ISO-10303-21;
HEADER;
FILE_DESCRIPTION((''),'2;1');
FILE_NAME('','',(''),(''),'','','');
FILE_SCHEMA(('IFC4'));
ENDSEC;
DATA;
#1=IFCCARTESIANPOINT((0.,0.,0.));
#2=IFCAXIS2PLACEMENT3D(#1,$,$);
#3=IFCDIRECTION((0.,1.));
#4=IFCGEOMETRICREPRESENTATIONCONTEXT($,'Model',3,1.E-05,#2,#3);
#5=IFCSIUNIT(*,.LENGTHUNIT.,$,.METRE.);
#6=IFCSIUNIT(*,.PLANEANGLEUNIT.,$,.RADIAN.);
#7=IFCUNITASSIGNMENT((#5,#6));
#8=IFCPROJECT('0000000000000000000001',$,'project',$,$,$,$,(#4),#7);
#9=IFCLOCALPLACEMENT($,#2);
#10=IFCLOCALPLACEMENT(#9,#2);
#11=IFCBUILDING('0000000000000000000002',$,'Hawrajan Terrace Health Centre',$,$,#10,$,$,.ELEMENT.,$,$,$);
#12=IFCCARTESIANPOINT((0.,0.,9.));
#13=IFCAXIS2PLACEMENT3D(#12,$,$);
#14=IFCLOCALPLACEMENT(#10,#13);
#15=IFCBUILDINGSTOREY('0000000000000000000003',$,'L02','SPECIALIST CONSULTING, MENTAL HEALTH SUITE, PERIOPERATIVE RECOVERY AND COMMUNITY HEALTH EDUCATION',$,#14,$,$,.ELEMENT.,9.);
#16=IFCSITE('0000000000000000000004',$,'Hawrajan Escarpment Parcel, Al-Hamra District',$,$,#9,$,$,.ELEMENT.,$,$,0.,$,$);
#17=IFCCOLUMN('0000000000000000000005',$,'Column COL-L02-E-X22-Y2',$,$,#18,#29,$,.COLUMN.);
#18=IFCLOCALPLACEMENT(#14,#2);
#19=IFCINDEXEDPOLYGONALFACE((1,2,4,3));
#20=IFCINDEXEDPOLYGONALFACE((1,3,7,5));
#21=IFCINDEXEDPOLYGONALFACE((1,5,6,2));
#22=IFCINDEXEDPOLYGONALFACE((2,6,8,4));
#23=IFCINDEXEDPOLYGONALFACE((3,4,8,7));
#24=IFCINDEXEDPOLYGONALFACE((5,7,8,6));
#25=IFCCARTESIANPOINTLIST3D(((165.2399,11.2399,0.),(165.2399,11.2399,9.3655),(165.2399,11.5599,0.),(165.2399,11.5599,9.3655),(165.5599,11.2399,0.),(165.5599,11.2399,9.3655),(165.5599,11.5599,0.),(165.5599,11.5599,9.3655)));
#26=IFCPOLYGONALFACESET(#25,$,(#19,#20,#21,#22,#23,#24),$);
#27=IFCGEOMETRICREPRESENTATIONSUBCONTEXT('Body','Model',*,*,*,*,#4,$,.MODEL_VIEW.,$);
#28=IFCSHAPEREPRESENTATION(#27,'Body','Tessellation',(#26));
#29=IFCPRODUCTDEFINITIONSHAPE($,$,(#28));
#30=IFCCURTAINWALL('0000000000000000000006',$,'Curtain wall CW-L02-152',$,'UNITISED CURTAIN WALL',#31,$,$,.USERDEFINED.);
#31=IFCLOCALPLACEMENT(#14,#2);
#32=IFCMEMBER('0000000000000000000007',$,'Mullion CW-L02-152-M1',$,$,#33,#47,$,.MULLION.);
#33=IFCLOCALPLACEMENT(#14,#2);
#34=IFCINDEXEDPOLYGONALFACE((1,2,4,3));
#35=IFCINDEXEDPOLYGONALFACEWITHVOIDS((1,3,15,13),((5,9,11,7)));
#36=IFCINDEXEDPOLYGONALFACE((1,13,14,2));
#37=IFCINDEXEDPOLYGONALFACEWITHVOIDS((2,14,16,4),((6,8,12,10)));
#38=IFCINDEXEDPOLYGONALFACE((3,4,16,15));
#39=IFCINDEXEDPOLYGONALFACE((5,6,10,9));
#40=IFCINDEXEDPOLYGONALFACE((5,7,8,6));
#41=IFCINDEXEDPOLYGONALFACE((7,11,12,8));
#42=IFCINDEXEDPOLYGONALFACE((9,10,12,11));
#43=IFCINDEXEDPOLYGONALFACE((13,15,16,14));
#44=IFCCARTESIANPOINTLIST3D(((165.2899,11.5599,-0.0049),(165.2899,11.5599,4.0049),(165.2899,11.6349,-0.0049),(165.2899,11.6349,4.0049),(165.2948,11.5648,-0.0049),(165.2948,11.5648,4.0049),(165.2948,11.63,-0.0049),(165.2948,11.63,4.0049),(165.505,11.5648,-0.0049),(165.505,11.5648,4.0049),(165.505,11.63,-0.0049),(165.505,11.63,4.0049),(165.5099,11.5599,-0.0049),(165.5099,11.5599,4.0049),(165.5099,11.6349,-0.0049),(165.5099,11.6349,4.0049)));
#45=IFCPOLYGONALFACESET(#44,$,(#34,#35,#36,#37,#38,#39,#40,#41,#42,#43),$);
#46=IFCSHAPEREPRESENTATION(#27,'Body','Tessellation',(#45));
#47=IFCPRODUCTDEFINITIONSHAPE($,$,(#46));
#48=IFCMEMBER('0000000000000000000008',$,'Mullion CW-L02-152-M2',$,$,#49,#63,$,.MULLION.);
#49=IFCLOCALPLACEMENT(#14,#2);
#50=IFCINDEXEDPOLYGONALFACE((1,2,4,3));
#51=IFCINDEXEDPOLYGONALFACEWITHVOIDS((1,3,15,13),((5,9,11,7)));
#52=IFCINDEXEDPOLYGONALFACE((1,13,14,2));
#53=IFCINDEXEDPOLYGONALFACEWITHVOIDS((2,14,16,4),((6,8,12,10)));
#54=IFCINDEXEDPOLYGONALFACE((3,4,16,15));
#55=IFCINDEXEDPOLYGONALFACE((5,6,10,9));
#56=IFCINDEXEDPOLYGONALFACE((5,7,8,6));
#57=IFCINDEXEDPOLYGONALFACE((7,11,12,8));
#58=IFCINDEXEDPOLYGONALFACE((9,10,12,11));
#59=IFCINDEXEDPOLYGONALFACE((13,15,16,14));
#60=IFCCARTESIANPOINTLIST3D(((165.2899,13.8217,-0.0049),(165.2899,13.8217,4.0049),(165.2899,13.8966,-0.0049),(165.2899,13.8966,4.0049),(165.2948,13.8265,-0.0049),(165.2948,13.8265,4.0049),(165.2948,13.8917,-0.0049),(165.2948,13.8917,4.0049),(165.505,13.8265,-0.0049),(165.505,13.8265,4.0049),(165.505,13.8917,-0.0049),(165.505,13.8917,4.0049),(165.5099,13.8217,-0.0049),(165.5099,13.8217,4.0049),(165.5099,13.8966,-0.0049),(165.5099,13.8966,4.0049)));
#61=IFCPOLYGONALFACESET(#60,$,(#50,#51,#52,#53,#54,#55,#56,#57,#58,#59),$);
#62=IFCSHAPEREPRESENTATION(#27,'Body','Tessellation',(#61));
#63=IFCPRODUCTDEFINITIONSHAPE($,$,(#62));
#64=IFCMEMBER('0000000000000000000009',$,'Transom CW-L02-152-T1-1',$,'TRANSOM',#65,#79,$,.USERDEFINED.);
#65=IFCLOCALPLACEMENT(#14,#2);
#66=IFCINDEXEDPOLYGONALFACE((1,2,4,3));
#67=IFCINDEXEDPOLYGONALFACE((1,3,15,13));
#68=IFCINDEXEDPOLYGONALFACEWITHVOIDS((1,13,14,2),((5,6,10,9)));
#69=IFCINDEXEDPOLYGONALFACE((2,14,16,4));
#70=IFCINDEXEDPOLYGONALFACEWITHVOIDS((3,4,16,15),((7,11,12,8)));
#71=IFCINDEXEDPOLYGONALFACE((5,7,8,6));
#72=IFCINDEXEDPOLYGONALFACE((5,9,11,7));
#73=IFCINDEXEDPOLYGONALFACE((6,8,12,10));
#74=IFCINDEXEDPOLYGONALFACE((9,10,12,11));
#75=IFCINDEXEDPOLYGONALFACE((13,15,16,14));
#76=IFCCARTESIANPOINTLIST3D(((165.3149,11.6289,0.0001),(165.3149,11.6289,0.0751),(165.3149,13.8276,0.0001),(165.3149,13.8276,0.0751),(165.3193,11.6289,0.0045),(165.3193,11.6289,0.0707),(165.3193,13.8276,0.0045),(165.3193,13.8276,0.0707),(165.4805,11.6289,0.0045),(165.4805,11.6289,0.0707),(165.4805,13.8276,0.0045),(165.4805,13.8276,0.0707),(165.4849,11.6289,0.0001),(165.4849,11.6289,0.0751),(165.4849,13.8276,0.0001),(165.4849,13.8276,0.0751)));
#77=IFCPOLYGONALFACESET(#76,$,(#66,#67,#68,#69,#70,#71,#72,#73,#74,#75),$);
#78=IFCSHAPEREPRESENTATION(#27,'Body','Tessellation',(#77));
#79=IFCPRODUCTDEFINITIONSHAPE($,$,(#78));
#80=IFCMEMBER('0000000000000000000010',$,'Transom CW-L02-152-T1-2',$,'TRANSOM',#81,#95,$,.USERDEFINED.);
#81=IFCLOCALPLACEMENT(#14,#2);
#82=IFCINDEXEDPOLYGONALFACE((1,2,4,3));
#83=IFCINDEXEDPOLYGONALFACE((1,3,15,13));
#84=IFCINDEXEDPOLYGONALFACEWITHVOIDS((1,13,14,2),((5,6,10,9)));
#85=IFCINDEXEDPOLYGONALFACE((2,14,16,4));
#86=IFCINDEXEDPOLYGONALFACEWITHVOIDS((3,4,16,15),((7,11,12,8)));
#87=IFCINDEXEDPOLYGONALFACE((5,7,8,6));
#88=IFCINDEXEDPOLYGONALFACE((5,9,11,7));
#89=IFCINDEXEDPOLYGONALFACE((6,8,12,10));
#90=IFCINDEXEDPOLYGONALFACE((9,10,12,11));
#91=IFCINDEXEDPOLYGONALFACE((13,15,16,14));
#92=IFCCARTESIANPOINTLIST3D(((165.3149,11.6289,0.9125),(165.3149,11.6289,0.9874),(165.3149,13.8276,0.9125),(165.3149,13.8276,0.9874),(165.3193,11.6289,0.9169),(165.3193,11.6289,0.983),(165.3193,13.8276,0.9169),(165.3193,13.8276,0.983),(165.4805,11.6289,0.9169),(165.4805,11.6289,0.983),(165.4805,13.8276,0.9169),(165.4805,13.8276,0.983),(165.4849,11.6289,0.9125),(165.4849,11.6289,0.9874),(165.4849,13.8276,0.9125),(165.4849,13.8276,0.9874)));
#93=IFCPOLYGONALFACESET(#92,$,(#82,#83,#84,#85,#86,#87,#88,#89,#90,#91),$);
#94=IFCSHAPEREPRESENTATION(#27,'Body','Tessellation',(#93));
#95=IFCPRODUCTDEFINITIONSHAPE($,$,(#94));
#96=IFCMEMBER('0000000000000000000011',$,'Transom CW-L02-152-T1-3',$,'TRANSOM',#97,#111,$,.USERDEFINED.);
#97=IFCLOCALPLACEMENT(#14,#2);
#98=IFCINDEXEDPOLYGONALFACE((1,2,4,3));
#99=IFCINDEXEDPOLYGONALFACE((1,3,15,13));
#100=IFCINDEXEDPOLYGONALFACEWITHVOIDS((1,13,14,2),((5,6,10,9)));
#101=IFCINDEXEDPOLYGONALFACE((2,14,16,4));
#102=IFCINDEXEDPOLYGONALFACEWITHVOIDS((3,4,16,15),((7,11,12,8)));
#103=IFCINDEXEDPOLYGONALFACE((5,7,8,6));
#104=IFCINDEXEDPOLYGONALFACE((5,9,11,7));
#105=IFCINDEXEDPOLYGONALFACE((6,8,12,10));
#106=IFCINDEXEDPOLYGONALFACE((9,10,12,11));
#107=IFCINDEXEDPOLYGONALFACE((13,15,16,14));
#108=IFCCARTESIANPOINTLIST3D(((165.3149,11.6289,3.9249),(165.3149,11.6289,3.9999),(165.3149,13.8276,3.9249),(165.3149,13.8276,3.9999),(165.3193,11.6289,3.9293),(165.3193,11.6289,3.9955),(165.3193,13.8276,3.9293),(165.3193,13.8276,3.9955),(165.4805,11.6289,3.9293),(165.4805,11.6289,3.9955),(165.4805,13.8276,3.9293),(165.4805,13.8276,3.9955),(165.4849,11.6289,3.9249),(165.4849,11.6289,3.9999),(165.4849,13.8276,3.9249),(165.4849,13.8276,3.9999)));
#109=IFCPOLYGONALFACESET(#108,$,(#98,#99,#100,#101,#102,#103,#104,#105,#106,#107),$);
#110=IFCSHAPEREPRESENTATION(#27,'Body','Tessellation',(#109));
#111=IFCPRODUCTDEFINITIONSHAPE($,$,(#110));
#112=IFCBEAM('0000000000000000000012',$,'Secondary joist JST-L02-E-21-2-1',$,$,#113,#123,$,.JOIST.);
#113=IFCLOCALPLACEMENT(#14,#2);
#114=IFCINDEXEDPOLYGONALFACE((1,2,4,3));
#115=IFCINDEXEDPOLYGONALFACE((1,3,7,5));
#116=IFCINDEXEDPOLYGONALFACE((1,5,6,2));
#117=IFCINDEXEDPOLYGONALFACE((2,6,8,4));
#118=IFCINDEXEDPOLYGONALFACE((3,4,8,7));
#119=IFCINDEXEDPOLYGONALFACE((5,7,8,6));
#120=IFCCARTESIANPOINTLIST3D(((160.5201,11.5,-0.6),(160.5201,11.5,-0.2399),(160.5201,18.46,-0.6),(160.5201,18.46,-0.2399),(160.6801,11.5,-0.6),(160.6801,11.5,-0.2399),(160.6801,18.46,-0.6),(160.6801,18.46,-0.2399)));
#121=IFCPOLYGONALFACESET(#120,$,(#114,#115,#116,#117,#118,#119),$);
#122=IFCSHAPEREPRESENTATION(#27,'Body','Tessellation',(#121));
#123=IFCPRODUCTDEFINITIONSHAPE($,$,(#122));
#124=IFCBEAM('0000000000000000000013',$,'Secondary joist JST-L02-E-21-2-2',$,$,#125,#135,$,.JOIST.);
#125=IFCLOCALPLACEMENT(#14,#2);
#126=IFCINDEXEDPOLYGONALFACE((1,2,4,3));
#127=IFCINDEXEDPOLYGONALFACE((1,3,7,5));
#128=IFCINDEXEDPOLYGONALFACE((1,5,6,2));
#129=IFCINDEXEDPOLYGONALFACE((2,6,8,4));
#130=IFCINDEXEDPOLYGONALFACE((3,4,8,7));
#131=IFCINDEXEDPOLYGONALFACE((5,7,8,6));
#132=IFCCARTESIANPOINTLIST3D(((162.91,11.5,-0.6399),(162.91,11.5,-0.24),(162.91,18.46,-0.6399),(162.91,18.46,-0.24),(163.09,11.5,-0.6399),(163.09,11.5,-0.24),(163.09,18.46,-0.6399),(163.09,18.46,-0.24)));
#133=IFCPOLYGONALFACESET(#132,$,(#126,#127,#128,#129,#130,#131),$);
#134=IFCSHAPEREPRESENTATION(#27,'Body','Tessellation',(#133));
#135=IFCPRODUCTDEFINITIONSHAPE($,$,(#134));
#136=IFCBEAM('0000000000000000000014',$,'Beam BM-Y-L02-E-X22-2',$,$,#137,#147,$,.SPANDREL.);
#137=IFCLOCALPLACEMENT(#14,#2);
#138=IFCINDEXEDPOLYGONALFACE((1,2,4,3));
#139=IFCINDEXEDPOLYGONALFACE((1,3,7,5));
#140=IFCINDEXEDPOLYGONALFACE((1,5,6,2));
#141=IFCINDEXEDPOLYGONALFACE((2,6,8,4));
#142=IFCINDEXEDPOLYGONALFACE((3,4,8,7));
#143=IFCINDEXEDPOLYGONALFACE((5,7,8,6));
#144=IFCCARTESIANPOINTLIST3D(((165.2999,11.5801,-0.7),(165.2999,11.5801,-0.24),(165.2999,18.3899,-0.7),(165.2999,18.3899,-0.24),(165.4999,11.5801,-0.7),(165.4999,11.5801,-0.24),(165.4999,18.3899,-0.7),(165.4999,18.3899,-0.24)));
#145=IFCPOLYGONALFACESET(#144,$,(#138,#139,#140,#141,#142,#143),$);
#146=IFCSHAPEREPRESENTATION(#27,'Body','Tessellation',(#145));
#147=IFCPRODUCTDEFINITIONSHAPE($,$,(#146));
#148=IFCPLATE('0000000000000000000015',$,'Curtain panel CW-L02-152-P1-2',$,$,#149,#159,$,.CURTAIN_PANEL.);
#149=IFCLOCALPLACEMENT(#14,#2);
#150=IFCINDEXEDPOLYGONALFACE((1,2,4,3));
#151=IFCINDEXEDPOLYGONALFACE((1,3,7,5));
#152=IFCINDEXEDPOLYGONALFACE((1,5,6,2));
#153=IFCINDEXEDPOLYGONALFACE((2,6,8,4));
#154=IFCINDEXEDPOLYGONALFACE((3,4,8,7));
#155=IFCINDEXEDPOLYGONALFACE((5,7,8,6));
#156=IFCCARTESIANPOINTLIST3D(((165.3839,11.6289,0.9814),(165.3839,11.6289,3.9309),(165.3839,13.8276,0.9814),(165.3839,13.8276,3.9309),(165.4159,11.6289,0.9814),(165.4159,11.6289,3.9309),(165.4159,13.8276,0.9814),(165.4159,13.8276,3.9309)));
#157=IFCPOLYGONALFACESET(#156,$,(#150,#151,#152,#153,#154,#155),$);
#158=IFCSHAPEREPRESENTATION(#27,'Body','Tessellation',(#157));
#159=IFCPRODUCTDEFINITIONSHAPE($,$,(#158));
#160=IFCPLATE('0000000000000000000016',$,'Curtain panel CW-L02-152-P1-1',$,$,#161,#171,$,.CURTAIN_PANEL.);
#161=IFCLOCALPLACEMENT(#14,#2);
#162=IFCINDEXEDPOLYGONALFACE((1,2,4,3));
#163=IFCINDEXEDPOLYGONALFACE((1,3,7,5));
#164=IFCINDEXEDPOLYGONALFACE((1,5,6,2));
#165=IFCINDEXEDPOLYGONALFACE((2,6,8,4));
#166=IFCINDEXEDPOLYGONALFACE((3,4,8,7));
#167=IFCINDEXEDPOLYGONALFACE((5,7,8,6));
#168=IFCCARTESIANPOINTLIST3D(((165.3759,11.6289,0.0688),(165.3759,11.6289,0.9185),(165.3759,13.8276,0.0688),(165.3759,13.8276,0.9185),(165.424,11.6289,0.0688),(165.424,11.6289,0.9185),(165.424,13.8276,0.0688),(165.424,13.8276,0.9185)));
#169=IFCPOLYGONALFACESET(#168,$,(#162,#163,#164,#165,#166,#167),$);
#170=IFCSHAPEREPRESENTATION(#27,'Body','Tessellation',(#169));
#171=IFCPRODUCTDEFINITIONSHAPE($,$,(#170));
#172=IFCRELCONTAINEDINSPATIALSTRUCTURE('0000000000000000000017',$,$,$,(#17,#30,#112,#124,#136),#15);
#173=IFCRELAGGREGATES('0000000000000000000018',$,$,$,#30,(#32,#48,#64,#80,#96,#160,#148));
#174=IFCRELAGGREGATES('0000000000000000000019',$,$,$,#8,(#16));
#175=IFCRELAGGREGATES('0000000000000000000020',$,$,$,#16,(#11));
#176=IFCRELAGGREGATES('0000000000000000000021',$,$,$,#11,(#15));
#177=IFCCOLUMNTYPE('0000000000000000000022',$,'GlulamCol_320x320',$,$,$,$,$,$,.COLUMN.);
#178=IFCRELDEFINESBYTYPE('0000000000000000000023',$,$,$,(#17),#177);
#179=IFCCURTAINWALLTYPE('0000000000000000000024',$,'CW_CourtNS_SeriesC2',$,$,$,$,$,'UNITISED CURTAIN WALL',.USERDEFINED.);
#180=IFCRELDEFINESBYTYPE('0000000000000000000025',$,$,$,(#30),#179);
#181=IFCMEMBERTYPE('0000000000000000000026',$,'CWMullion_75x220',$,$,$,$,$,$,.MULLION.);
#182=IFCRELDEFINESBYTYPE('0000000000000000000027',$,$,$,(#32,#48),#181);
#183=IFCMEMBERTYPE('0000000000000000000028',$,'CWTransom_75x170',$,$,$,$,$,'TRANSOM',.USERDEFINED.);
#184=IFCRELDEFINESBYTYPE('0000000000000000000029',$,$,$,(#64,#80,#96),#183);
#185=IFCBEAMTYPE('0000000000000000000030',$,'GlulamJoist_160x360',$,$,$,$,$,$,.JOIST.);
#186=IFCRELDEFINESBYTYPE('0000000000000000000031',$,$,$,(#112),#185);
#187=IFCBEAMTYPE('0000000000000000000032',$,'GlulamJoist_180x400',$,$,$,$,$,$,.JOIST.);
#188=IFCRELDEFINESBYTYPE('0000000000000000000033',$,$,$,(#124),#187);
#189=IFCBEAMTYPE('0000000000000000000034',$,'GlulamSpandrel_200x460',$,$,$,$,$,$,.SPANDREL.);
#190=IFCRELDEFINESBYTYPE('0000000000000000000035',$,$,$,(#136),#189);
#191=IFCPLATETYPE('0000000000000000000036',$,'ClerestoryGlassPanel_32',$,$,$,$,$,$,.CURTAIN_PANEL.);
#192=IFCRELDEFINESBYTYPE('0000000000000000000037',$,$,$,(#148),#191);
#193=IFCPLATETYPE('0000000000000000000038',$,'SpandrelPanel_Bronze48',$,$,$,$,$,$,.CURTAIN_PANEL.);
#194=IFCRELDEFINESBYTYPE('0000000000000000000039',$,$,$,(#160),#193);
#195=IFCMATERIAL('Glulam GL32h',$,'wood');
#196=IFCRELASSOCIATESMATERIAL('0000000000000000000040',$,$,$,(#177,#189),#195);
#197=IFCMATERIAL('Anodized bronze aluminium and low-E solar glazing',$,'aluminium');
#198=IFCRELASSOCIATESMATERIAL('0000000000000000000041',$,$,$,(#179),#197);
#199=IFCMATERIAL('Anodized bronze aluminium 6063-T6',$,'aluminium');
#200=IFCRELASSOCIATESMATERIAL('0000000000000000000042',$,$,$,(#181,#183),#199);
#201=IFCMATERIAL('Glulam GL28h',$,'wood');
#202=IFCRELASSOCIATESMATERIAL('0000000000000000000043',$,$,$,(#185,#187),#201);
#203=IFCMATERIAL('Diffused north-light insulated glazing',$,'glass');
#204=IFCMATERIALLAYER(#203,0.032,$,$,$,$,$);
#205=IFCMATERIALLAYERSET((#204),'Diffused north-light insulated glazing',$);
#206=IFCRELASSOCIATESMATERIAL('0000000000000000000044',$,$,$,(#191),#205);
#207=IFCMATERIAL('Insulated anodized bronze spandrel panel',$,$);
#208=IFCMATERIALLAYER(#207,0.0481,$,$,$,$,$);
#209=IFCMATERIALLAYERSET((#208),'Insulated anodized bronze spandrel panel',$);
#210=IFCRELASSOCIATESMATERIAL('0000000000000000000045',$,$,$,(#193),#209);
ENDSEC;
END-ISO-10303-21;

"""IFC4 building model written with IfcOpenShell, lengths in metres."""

from ifc_helpers import new_model, si_unit, direction, frame, origin, origin_2d, place, context, subcontext, project, spatial, rectangle, hollow_rectangle, extrude, material, layer, layer_set, material_profile, profile_set, type_object, element, aggregate, save


model = new_model("IFC4")

# Units and contexts
model_context = context("Model", 3, precision=1e-05, world=origin(), true_north=direction((0.0, 1.0)))
body_context = subcontext(model_context, "Body", "Model", "MODEL_VIEW")
ifc_project = project(units=[si_unit("LENGTHUNIT", "METRE"), si_unit("PLANEANGLEUNIT", "RADIAN")], contexts=[model_context])

# Site, building, storey
site_placement = place(None, origin())
site = spatial("IfcSite", under=ifc_project, at=site_placement, Name="Hawrajan Escarpment Parcel, Al-Hamra District", CompositionType="ELEMENT", RefElevation=0.0)
building_placement = place(site_placement, origin())
building = spatial("IfcBuilding", under=site, at=building_placement, Name="Hawrajan Terrace Health Centre", CompositionType="ELEMENT")
storey_placement = place(building_placement, frame((0.0, 0.0, 9.0)))
storey = spatial("IfcBuildingStorey", under=building, at=storey_placement, Name="L02", Description="SPECIALIST CONSULTING, MENTAL HEALTH SUITE, PERIOPERATIVE RECOVERY AND COMMUNITY HEALTH EDUCATION", CompositionType="ELEMENT", Elevation=9.0)

# Column
ifc_material_1 = material(Name="Glulam GL32h", Category="wood")
ifc_material_profile_1 = material_profile(ifc_material_1, rectangle(XDim=0.3201, YDim=0.3201, at=origin_2d()), Name="GL 320x320")
ifc_profile_set_1 = profile_set([ifc_material_profile_1], Name="Glulam GL32h")
column_type = type_object("IfcColumnType", Name="GlulamCol_320x320", PredefinedType="COLUMN", material=ifc_profile_set_1)
column_placement = place(storey_placement, frame((165.3999, 11.3999, 0.0), z_axis=(0.0, 0.0, 1.0), x_axis=(1.0, 0.0, 0.0)))
element("IfcColumn", 1, at=column_placement, inside=storey, type_object=column_type, Name="Column COL-L02-E-X22-Y2", PredefinedType="COLUMN", context=body_context, shape_type="SweptSolid", body=[
    extrude(rectangle(XDim=0.3201, YDim=0.3201, at=origin_2d()), origin(), (0.0, 0.0, 1.0), 9.3655),
])

# Curtain wall, members
ifc_material_2 = material(Name="Anodized bronze aluminium and low-E solar glazing", Category="aluminium")
curtain_wall_type = type_object("IfcCurtainWallType", Name="CW_CourtNS_SeriesC2", ElementType="UNITISED CURTAIN WALL", PredefinedType="USERDEFINED", material=ifc_material_2)
curtain_wall_placement = place(storey_placement, origin())
curtain_wall = element("IfcCurtainWall", 2, at=curtain_wall_placement, inside=storey, type_object=curtain_wall_type, Name="Curtain wall CW-L02-152", ObjectType="UNITISED CURTAIN WALL", PredefinedType="USERDEFINED")
ifc_material_3 = material(Name="Anodized bronze aluminium 6063-T6", Category="aluminium")
ifc_material_profile_2 = material_profile(ifc_material_3, hollow_rectangle(XDim=0.075, YDim=0.22, WallThickness=0.0049, at=origin_2d()), Name="CW MUL 75x220")
ifc_profile_set_2 = profile_set([ifc_material_profile_2], Name="Anodized bronze aluminium 6063-T6")
member_type_1 = type_object("IfcMemberType", Name="CWMullion_75x220", PredefinedType="MULLION", material=ifc_profile_set_2)
member_1_placement = place(storey_placement, frame((165.3999, 11.5974, -0.0049), z_axis=(0.0, 0.0, 1.0), x_axis=(0.0, 1.0, 0.0)))
member_1 = element("IfcMember", 3, at=member_1_placement, type_object=member_type_1, Name="Mullion CW-L02-152-M1", PredefinedType="MULLION", context=body_context, shape_type="SweptSolid", body=[
    extrude(hollow_rectangle(XDim=0.075, YDim=0.22, WallThickness=0.0049, at=origin_2d()), origin(), (0.0, 0.0, 1.0), 4.0098),
])
member_2_placement = place(storey_placement, frame((165.3999, 13.8591, -0.0049), z_axis=(0.0, 0.0, 1.0), x_axis=(0.0, 1.0, 0.0)))
member_2 = element("IfcMember", 4, at=member_2_placement, type_object=member_type_1, Name="Mullion CW-L02-152-M2", PredefinedType="MULLION", context=body_context, shape_type="SweptSolid", body=[
    extrude(hollow_rectangle(XDim=0.075, YDim=0.22, WallThickness=0.0049, at=origin_2d()), origin(), (0.0, 0.0, 1.0), 4.0098),
])
ifc_material_profile_3 = material_profile(ifc_material_3, hollow_rectangle(XDim=0.075, YDim=0.1699, WallThickness=0.0044, at=origin_2d()), Name="CW TRN 75x170")
ifc_profile_set_3 = profile_set([ifc_material_profile_3], Name="Anodized bronze aluminium 6063-T6")
member_type_2 = type_object("IfcMemberType", Name="CWTransom_75x170", ElementType="TRANSOM", PredefinedType="USERDEFINED", material=ifc_profile_set_3)
member_3_placement = place(storey_placement, frame((165.3999, 11.6289, 0.0376), z_axis=(0.0, 1.0, 0.0), x_axis=(0.0, 0.0, 1.0)))
member_3 = element("IfcMember", 5, at=member_3_placement, type_object=member_type_2, Name="Transom CW-L02-152-T1-1", ObjectType="TRANSOM", PredefinedType="USERDEFINED", context=body_context, shape_type="SweptSolid", body=[
    extrude(hollow_rectangle(XDim=0.075, YDim=0.1699, WallThickness=0.0044, at=origin_2d()), origin(), (0.0, 0.0, 1.0), 2.1987),
])
member_4_placement = place(storey_placement, frame((165.3999, 11.6289, 0.95), z_axis=(0.0, 1.0, 0.0), x_axis=(0.0, 0.0, 1.0)))
member_4 = element("IfcMember", 6, at=member_4_placement, type_object=member_type_2, Name="Transom CW-L02-152-T1-2", ObjectType="TRANSOM", PredefinedType="USERDEFINED", context=body_context, shape_type="SweptSolid", body=[
    extrude(hollow_rectangle(XDim=0.075, YDim=0.1699, WallThickness=0.0044, at=origin_2d()), origin(), (0.0, 0.0, 1.0), 2.1987),
])
member_5_placement = place(storey_placement, frame((165.3999, 11.6289, 3.9624), z_axis=(0.0, 1.0, 0.0), x_axis=(0.0, 0.0, 1.0)))
member_5 = element("IfcMember", 7, at=member_5_placement, type_object=member_type_2, Name="Transom CW-L02-152-T1-3", ObjectType="TRANSOM", PredefinedType="USERDEFINED", context=body_context, shape_type="SweptSolid", body=[
    extrude(hollow_rectangle(XDim=0.075, YDim=0.1699, WallThickness=0.0044, at=origin_2d()), origin(), (0.0, 0.0, 1.0), 2.1987),
])

# Beams
ifc_material_4 = material(Name="Glulam GL28h", Category="wood")
ifc_material_profile_4 = material_profile(ifc_material_4, rectangle(XDim=0.1599, YDim=0.3601, at=origin_2d()), Name="GL JST 160x360")
ifc_profile_set_4 = profile_set([ifc_material_profile_4], Name="Glulam GL28h")
beam_type_1 = type_object("IfcBeamType", Name="GlulamJoist_160x360", PredefinedType="JOIST", material=ifc_profile_set_4)
beam_1_placement = place(storey_placement, frame((160.6001, 11.5, -0.4199), z_axis=(0.0, 1.0, 0.0), x_axis=(-1.0, 0.0, 0.0)))
element("IfcBeam", 8, at=beam_1_placement, inside=storey, type_object=beam_type_1, Name="Secondary joist JST-L02-E-21-2-1", PredefinedType="JOIST", context=body_context, shape_type="SweptSolid", body=[
    extrude(rectangle(XDim=0.1599, YDim=0.3601, at=origin_2d()), origin(), (0.0, 0.0, 1.0), 6.96),
])
ifc_material_profile_5 = material_profile(ifc_material_4, rectangle(XDim=0.1799, YDim=0.3999, at=origin_2d()), Name="GL JST 180x400")
ifc_profile_set_5 = profile_set([ifc_material_profile_5], Name="Glulam GL28h")
beam_type_2 = type_object("IfcBeamType", Name="GlulamJoist_180x400", PredefinedType="JOIST", material=ifc_profile_set_5)
beam_2_placement = place(storey_placement, frame((163.0, 11.5, -0.4399), z_axis=(0.0, 1.0, 0.0), x_axis=(-1.0, 0.0, 0.0)))
element("IfcBeam", 9, at=beam_2_placement, inside=storey, type_object=beam_type_2, Name="Secondary joist JST-L02-E-21-2-2", PredefinedType="JOIST", context=body_context, shape_type="SweptSolid", body=[
    extrude(rectangle(XDim=0.1799, YDim=0.3999, at=origin_2d()), origin(), (0.0, 0.0, 1.0), 6.96),
])
ifc_material_profile_6 = material_profile(ifc_material_1, rectangle(XDim=0.2, YDim=0.46, at=origin_2d()), Name="GL SP 200x460")
ifc_profile_set_6 = profile_set([ifc_material_profile_6], Name="Glulam GL32h")
beam_type_3 = type_object("IfcBeamType", Name="GlulamSpandrel_200x460", PredefinedType="SPANDREL", material=ifc_profile_set_6)
beam_3_placement = place(storey_placement, frame((165.3999, 11.5801, -0.47), z_axis=(0.0, 1.0, 0.0), x_axis=(-1.0, 0.0, 0.0)))
element("IfcBeam", 10, at=beam_3_placement, inside=storey, type_object=beam_type_3, Name="Beam BM-Y-L02-E-X22-2", PredefinedType="SPANDREL", context=body_context, shape_type="SweptSolid", body=[
    extrude(rectangle(XDim=0.2, YDim=0.46, at=origin_2d()), origin(), (0.0, 0.0, 1.0), 6.8098),
])

# Plates
ifc_material_5 = material(Name="Diffused north-light insulated glazing", Category="glass")
ifc_layer_1 = layer(ifc_material_5, 0.032)
ifc_layer_set_1 = layer_set([ifc_layer_1], Name="Diffused north-light insulated glazing")
plate_type_1 = type_object("IfcPlateType", Name="ClerestoryGlassPanel_32", PredefinedType="CURTAIN_PANEL", material=ifc_layer_set_1)
plate_1_placement = place(storey_placement, frame((165.3999, 12.7283, 0.9814), z_axis=(0.0, 0.0, 1.0), x_axis=(0.0, 1.0, 0.0)))
plate_1 = element("IfcPlate", 11, at=plate_1_placement, type_object=plate_type_1, Name="Curtain panel CW-L02-152-P1-2", PredefinedType="CURTAIN_PANEL", context=body_context, shape_type="SweptSolid", body=[
    extrude(rectangle(XDim=2.1987, YDim=0.032, at=origin_2d()), origin(), (0.0, 0.0, 1.0), 2.9495),
])
ifc_material_6 = material(Name="Insulated anodized bronze spandrel panel")
ifc_layer_2 = layer(ifc_material_6, 0.0481)
ifc_layer_set_2 = layer_set([ifc_layer_2], Name="Insulated anodized bronze spandrel panel")
plate_type_2 = type_object("IfcPlateType", Name="SpandrelPanel_Bronze48", PredefinedType="CURTAIN_PANEL", material=ifc_layer_set_2)
plate_2_placement = place(storey_placement, frame((165.3999, 12.7283, 0.0688), z_axis=(0.0, 0.0, 1.0), x_axis=(0.0, 1.0, 0.0)))
plate_2 = element("IfcPlate", 12, at=plate_2_placement, type_object=plate_type_2, Name="Curtain panel CW-L02-152-P1-1", PredefinedType="CURTAIN_PANEL", context=body_context, shape_type="SweptSolid", body=[
    extrude(rectangle(XDim=2.1987, YDim=0.0481, at=origin_2d()), origin(), (0.0, 0.0, 1.0), 0.8496),
])
aggregate(curtain_wall, [member_1, member_2, member_3, member_4, member_5, plate_2, plate_1])

save(model, "model.ifc")
